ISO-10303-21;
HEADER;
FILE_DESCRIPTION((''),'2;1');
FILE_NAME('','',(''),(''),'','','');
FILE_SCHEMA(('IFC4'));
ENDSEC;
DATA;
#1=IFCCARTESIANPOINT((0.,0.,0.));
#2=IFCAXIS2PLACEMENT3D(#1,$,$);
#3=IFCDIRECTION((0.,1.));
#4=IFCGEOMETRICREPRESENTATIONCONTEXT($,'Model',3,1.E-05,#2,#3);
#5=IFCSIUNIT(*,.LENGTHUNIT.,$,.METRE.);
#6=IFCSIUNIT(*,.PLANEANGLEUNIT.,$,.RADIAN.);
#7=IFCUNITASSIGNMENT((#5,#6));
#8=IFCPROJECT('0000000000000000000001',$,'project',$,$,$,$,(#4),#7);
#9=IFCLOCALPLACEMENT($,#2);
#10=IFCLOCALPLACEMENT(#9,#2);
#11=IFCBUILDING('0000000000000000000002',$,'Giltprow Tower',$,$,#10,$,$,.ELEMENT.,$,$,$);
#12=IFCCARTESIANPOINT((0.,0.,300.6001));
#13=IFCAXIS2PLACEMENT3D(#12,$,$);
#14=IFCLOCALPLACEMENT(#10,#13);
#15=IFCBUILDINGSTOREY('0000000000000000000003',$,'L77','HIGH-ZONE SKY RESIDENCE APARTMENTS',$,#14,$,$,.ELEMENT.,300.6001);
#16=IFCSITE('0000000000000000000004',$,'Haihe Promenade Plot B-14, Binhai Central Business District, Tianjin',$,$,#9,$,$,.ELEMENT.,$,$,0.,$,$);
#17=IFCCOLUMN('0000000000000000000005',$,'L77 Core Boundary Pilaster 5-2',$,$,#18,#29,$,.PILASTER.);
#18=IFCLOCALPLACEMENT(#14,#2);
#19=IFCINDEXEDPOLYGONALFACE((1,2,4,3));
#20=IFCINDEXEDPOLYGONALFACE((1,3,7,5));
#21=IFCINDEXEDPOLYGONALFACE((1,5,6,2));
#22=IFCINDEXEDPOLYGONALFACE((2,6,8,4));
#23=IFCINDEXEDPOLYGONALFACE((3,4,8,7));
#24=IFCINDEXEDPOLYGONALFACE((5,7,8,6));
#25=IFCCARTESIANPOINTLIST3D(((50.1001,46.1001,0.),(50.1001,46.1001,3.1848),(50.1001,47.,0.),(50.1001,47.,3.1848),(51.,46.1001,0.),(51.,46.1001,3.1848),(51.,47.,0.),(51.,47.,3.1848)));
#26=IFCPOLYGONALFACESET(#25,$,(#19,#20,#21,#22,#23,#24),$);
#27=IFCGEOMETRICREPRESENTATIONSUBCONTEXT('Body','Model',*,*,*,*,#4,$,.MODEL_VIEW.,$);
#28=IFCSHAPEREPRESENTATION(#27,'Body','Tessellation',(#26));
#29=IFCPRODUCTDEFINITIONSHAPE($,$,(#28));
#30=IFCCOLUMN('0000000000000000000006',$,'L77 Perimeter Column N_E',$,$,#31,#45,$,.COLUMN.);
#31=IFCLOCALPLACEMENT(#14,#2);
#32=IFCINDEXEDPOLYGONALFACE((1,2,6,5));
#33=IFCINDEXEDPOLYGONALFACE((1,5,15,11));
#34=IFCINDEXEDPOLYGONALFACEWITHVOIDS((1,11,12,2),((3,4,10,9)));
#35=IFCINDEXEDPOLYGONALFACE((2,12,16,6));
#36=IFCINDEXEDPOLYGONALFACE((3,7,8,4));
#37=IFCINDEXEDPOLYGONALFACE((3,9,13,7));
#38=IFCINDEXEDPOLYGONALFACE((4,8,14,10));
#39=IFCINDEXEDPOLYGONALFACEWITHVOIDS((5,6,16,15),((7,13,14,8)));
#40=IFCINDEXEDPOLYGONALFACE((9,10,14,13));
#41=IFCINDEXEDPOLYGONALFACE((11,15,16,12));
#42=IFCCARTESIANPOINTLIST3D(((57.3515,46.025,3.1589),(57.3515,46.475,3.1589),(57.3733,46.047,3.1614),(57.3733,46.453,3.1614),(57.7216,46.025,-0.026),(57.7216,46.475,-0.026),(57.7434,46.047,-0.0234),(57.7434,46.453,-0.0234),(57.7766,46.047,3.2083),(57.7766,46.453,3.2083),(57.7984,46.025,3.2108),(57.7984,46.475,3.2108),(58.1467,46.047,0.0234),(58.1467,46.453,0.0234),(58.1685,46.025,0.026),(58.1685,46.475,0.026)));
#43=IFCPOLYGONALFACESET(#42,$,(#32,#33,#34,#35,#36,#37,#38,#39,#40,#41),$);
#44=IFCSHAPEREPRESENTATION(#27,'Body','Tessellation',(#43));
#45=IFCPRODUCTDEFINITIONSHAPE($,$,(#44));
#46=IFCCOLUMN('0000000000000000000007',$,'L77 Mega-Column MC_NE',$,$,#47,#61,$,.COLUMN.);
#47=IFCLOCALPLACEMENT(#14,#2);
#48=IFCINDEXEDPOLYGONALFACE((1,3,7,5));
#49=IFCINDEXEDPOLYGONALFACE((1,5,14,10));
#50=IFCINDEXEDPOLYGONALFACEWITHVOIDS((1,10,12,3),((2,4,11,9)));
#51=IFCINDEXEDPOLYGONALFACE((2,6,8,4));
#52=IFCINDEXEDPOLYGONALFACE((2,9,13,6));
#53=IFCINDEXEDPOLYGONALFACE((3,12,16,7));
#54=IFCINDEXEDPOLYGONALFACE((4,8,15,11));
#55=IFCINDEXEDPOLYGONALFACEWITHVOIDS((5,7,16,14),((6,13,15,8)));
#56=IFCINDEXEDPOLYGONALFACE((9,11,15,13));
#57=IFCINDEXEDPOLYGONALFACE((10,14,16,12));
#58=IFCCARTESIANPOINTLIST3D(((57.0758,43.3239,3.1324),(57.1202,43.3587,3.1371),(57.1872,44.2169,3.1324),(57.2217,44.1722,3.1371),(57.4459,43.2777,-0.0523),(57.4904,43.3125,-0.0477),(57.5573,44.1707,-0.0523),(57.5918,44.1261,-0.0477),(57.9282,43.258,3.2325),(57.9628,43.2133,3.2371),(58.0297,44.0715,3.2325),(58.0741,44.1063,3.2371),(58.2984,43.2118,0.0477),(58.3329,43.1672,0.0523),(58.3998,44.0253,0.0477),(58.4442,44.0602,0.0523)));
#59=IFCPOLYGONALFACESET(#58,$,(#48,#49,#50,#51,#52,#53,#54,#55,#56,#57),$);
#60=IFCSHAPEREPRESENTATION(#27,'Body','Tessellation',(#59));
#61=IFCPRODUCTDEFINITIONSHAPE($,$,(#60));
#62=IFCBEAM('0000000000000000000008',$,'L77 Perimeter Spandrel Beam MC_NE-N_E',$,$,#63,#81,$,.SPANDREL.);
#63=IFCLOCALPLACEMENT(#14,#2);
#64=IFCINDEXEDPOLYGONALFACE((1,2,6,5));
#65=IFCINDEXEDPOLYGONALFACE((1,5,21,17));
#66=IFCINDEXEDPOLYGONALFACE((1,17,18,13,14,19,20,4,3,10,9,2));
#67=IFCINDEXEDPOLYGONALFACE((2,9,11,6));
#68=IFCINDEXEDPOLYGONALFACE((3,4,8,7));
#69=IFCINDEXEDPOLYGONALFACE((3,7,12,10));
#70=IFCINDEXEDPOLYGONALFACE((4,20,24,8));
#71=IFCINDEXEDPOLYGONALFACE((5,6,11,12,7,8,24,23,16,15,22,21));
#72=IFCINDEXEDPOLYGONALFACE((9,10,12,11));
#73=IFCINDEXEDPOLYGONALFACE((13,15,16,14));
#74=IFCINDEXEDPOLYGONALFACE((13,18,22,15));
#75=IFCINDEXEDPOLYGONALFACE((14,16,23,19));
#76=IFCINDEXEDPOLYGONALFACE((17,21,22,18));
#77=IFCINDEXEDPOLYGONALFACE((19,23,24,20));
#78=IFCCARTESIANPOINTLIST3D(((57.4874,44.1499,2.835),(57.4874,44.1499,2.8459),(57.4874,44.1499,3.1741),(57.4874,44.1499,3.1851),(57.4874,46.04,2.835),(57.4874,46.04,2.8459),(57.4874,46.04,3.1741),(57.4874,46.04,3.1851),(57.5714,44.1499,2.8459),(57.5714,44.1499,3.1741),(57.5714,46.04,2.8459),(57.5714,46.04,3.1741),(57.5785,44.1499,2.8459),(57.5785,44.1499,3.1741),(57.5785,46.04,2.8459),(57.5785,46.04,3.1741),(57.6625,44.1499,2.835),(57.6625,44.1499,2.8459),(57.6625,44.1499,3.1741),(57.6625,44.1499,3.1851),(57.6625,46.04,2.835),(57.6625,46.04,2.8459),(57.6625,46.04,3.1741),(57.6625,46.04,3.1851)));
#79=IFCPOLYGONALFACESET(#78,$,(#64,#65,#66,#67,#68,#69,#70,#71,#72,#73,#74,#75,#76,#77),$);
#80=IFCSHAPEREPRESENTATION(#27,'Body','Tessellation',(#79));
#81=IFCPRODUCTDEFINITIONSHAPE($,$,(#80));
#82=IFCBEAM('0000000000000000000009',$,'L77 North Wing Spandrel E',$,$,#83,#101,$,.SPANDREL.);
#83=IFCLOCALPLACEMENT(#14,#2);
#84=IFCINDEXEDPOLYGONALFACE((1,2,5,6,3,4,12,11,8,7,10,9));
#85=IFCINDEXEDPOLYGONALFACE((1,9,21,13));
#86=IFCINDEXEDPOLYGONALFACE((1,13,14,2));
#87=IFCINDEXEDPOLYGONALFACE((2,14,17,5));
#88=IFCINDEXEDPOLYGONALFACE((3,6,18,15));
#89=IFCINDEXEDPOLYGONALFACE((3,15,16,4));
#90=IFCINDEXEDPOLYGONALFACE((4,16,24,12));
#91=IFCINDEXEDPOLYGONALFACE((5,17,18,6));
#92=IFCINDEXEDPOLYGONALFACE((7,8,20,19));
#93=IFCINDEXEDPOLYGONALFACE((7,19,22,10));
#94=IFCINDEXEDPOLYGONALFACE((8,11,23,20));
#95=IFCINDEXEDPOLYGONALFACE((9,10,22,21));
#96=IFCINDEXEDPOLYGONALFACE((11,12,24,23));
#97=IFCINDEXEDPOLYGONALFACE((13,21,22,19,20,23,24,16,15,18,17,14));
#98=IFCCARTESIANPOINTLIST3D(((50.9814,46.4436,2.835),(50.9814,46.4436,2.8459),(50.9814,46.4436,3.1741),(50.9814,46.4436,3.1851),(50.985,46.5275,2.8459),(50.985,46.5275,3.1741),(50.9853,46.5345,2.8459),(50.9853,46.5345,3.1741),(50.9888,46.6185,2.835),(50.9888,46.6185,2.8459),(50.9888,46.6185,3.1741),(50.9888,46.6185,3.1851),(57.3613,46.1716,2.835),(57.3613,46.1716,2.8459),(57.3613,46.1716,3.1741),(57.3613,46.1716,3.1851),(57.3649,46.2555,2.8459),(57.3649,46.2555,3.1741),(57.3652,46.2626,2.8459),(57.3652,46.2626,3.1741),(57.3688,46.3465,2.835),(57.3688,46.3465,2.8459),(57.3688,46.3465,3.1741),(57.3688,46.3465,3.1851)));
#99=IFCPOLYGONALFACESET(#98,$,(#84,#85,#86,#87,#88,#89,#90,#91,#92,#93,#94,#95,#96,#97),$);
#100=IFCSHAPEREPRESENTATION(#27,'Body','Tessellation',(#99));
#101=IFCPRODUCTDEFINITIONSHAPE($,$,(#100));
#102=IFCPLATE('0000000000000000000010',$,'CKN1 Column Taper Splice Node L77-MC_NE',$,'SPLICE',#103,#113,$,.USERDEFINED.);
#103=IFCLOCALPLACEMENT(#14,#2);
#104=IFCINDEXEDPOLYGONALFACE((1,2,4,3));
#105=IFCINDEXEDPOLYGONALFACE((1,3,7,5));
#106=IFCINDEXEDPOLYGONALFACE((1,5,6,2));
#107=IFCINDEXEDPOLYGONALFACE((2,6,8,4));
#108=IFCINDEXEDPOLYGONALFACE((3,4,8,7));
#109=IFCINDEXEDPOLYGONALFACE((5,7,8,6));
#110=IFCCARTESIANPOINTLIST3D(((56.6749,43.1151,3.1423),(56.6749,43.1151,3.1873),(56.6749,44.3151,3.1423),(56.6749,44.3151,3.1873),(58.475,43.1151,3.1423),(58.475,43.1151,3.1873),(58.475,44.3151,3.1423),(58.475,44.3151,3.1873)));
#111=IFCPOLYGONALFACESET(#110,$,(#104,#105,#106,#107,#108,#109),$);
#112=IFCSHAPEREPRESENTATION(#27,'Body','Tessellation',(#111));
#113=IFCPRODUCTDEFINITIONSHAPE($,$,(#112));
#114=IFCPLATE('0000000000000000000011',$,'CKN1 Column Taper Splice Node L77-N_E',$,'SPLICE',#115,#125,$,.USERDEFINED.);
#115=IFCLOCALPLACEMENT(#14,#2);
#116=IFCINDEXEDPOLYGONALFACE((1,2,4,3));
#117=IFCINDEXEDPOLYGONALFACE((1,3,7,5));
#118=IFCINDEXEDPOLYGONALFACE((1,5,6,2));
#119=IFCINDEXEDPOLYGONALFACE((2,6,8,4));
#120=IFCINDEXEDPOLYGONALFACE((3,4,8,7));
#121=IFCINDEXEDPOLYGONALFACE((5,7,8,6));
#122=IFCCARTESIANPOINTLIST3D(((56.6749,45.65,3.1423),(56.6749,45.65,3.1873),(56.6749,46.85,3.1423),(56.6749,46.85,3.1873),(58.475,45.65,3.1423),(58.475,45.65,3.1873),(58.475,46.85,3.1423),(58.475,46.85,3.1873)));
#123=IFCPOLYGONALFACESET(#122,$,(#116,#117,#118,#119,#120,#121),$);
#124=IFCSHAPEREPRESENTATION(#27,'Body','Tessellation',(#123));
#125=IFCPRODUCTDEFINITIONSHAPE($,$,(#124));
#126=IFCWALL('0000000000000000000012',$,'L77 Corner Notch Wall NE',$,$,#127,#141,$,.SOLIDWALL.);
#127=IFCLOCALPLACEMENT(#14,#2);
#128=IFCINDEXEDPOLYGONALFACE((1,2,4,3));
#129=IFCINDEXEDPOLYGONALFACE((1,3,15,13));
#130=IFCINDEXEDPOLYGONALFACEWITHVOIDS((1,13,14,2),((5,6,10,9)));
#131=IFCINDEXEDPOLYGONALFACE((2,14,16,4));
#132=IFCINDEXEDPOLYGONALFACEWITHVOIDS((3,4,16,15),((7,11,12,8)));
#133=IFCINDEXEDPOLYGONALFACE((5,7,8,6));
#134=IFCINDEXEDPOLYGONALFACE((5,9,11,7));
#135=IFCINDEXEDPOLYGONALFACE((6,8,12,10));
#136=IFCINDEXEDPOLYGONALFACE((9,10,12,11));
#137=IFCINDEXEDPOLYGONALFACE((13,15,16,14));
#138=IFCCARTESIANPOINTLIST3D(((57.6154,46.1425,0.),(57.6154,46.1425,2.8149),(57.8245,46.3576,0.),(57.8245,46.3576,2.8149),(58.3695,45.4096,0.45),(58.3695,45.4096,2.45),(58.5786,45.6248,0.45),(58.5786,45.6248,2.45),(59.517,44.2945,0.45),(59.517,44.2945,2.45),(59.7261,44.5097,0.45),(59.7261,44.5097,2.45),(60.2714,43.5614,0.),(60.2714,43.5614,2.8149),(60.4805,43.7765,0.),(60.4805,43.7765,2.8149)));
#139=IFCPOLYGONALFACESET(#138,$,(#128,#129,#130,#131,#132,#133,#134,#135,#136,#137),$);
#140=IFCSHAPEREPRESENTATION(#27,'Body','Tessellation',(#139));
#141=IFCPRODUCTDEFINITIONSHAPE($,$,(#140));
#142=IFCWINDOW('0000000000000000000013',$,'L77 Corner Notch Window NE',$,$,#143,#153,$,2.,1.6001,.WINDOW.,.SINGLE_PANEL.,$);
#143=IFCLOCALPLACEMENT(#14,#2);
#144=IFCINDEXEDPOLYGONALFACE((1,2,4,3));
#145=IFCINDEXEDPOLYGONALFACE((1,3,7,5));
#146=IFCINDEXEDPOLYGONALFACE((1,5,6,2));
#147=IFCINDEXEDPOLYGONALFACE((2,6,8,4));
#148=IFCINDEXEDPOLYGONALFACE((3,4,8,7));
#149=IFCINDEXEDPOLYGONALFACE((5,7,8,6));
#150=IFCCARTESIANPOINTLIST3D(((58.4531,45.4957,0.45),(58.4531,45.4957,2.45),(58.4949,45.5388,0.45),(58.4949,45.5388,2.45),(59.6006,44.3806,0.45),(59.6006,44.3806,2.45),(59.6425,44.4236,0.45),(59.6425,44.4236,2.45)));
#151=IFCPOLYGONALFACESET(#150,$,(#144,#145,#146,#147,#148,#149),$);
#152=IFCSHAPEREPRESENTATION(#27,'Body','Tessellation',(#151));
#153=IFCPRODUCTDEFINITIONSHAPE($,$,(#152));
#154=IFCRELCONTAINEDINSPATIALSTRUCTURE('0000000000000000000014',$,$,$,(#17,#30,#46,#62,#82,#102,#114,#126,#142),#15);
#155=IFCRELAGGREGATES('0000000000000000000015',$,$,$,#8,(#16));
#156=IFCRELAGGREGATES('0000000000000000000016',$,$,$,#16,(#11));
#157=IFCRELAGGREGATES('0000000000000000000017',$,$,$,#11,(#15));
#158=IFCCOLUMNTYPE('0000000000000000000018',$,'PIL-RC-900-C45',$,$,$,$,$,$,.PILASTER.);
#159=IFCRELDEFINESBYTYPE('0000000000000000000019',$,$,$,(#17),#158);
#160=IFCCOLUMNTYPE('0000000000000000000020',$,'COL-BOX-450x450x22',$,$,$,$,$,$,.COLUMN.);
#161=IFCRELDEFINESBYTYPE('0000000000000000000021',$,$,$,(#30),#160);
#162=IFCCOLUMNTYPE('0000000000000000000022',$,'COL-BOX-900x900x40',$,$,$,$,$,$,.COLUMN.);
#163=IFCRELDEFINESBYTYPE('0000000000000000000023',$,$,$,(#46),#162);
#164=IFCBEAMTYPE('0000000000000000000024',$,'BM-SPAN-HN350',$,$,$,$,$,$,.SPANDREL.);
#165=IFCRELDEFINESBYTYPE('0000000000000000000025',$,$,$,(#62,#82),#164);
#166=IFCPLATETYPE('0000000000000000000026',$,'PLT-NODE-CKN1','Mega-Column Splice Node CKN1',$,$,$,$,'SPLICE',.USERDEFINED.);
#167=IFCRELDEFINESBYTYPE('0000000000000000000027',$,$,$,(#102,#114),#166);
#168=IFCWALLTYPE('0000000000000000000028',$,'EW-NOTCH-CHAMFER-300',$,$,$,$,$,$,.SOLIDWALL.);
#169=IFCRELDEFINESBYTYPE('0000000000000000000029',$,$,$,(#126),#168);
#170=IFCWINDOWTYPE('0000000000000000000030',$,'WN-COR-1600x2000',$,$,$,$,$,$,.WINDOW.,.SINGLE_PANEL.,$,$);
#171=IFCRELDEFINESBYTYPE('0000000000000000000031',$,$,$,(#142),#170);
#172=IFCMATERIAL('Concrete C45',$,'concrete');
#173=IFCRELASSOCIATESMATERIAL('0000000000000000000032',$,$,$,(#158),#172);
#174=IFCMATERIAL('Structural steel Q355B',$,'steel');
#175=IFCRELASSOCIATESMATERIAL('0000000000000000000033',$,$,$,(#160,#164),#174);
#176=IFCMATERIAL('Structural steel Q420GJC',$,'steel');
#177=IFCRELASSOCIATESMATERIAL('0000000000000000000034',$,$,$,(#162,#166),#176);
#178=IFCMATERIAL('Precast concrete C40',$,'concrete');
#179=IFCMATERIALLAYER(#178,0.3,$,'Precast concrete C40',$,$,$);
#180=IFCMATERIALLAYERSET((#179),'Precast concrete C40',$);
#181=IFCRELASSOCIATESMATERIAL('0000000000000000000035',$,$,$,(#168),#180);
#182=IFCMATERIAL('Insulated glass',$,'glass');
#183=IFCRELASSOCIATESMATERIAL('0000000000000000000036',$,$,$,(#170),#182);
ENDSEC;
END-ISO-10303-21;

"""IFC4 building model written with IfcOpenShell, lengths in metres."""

from ifc_helpers import new_model, si_unit, direction, frame, frame_2d, origin, origin_2d, place, context, subcontext, project, spatial, rectangle, hollow_rectangle, i_section, extrude, source, transform, mapped, material, layer, layer_set, material_profile, profile_set, type_object, element, fill, save


model = new_model("IFC4")

# Units and contexts
model_context = context("Model", 3, precision=1e-05, world=origin(), true_north=direction((0.0, 1.0)))
body_context = subcontext(model_context, "Body", "Model", "MODEL_VIEW")
ifc_project = project(units=[si_unit("LENGTHUNIT", "METRE"), si_unit("PLANEANGLEUNIT", "RADIAN")], contexts=[model_context])

# Site, building, storey
site_placement = place(None, origin())
site = spatial("IfcSite", under=ifc_project, at=site_placement, Name="Haihe Promenade Plot B-14, Binhai Central Business District, Tianjin", CompositionType="ELEMENT", RefElevation=0.0)
building_placement = place(site_placement, origin())
building = spatial("IfcBuilding", under=site, at=building_placement, Name="Giltprow Tower", CompositionType="ELEMENT")
storey_placement = place(building_placement, frame((0.0, 0.0, 300.6001)))
storey = spatial("IfcBuildingStorey", under=building, at=storey_placement, Name="L77", Description="HIGH-ZONE SKY RESIDENCE APARTMENTS", CompositionType="ELEMENT", Elevation=300.6001)

# Columns
ifc_material_1 = material(Name="Concrete C45", Category="concrete")
ifc_material_profile_1 = material_profile(ifc_material_1, rectangle(XDim=0.8999, YDim=0.8999, at=origin_2d()), Name="RC 900x900")
ifc_profile_set_1 = profile_set([ifc_material_profile_1], Name="Concrete C45")
column_type_1 = type_object("IfcColumnType", Name="PIL-RC-900-C45", PredefinedType="PILASTER", material=ifc_profile_set_1)
shared_shape_1 = source(origin(), body_context, "Body", "SweptSolid", [
    extrude(rectangle(XDim=0.8999, YDim=0.8999, at=origin_2d()), origin(), (0.0, 0.0, 1.0), 3.1848),
])
column_1_placement = place(storey_placement, frame((50.55, 46.55, 0.0), z_axis=(0.0, 0.0, 1.0), x_axis=(1.0, 0.0, 0.0)))
element("IfcColumn", 1, at=column_1_placement, inside=storey, type_object=column_type_1, Name="L77 Core Boundary Pilaster 5-2", PredefinedType="PILASTER", context=body_context, shape_type="MappedRepresentation", body=[
    mapped(shared_shape_1, transform((0.0, 0.0, 0.0), x_axis=(1.0, 0.0, 0.0), y_axis=(0.0, 1.0, 0.0), z_axis=(0.0, 0.0, 1.0), scale=1.0)),
])
ifc_material_2 = material(Name="Structural steel Q355B", Category="steel")
ifc_material_profile_2 = material_profile(ifc_material_2, hollow_rectangle(XDim=0.45, YDim=0.45, WallThickness=0.022, at=origin_2d()), Name="BOX 450x450x22")
ifc_profile_set_2 = profile_set([ifc_material_profile_2], Name="Structural steel Q355B")
column_type_2 = type_object("IfcColumnType", Name="COL-BOX-450x450x22", PredefinedType="COLUMN", material=ifc_profile_set_2)
shared_shape_2 = source(origin(), body_context, "Body", "SweptSolid", [
    extrude(hollow_rectangle(XDim=0.45, YDim=0.45, WallThickness=0.022, at=origin_2d()), origin(), (0.0, 0.0, 1.0), 3.2063),
])
column_2_placement = place(storey_placement, frame((57.9451, 46.25, 0.0), z_axis=(-0.115436, 0.0, 0.993315), x_axis=(0.0, -1.0, 0.0)))
element("IfcColumn", 2, at=column_2_placement, inside=storey, type_object=column_type_2, Name="L77 Perimeter Column N_E", PredefinedType="COLUMN", context=body_context, shape_type="MappedRepresentation", body=[
    mapped(shared_shape_2, transform((0.0, 0.0, 0.0), x_axis=(1.0, 0.0, 0.0), y_axis=(0.0, 1.0, 0.0), z_axis=(0.0, 0.0, 1.0), scale=1.0)),
])
ifc_material_3 = material(Name="Structural steel Q420GJC", Category="steel")
ifc_material_profile_3 = material_profile(ifc_material_3, hollow_rectangle(XDim=0.8999, YDim=0.8999, WallThickness=0.04, at=origin_2d()), Name="BOX 900x900x40")
ifc_profile_set_3 = profile_set([ifc_material_profile_3], Name="Structural steel Q420GJC")
column_type_3 = type_object("IfcColumnType", Name="COL-BOX-900x900x40", PredefinedType="COLUMN", material=ifc_profile_set_3)
shared_shape_3 = source(origin(), body_context, "Body", "SweptSolid", [
    extrude(hollow_rectangle(XDim=0.8999, YDim=0.8999, WallThickness=0.04, at=origin_2d()), origin(), (0.0, 0.0, 1.0), 3.2065),
])
column_3_placement = place(storey_placement, frame((57.9451, 43.6689, 0.0), z_axis=(-0.115424, 0.01439, 0.993212), x_axis=(-0.123712, -0.992318, 0.0)))
element("IfcColumn", 3, at=column_3_placement, inside=storey, type_object=column_type_3, Name="L77 Mega-Column MC_NE", PredefinedType="COLUMN", context=body_context, shape_type="MappedRepresentation", body=[
    mapped(shared_shape_3, transform((0.0, 0.0, 0.0), x_axis=(1.0, 0.0, 0.0), y_axis=(0.0, 1.0, 0.0), z_axis=(0.0, 0.0, 1.0), scale=1.0)),
])

# Beams
ifc_material_profile_4 = material_profile(ifc_material_2, i_section(OverallWidth=0.175, OverallDepth=0.3501, WebThickness=0.0071, FlangeThickness=0.011, at=origin_2d()), Name="HN 350x175x7x11")
ifc_profile_set_4 = profile_set([ifc_material_profile_4], Name="Structural steel Q355B")
beam_type = type_object("IfcBeamType", Name="BM-SPAN-HN350", PredefinedType="SPANDREL", material=ifc_profile_set_4)
shared_shape_4 = source(origin(), body_context, "Body", "SweptSolid", [
    extrude(i_section(OverallWidth=0.175, OverallDepth=0.3501, WebThickness=0.0071, FlangeThickness=0.011, at=origin_2d()), origin(), (0.0, 0.0, 1.0), 1.8901),
])
beam_1_placement = place(storey_placement, frame((57.575, 44.1499, 3.01), z_axis=(0.0, 1.0, 0.0), x_axis=(-1.0, 0.0, 0.0)))
element("IfcBeam", 4, at=beam_1_placement, inside=storey, type_object=beam_type, Name="L77 Perimeter Spandrel Beam MC_NE-N_E", PredefinedType="SPANDREL", context=body_context, shape_type="MappedRepresentation", body=[
    mapped(shared_shape_4, transform((0.0, 0.0, 0.0), x_axis=(1.0, 0.0, 0.0), y_axis=(0.0, 1.0, 0.0), z_axis=(0.0, 0.0, 1.0), scale=1.0)),
])
shared_shape_5 = source(origin(), body_context, "Body", "SweptSolid", [
    extrude(i_section(OverallWidth=0.175, OverallDepth=0.3501, WebThickness=0.0071, FlangeThickness=0.011, at=origin_2d()), origin(), (0.0, 0.0, 1.0), 6.3857),
])
beam_2_placement = place(storey_placement, frame((50.9851, 46.531, 3.01), z_axis=(0.999093, -0.042591, 0.0), x_axis=(0.042591, 0.999093, 0.0)))
element("IfcBeam", 5, at=beam_2_placement, inside=storey, type_object=beam_type, Name="L77 North Wing Spandrel E", PredefinedType="SPANDREL", context=body_context, shape_type="MappedRepresentation", body=[
    mapped(shared_shape_5, transform((0.0, 0.0, 0.0), x_axis=(1.0, 0.0, 0.0), y_axis=(0.0, 1.0, 0.0), z_axis=(0.0, 0.0, 1.0), scale=1.0)),
])

# Plates
plate_type = type_object("IfcPlateType", Name="PLT-NODE-CKN1", Description="Mega-Column Splice Node CKN1", ElementType="SPLICE", PredefinedType="USERDEFINED", material=ifc_material_3)
shared_shape_6 = source(origin(), body_context, "Body", "SweptSolid", [
    extrude(rectangle(XDim=1.8, YDim=1.2, at=origin_2d()), origin(), (0.0, 0.0, 1.0), 0.0449),
])
for number, where, z_axis, x_axis, name in (
    (6, (57.575, 43.7151, 3.1423), (0.0, 0.0, 1.0), (1.0, 0.0, 0.0), "CKN1 Column Taper Splice Node L77-MC_NE"),
    (7, (57.575, 46.25, 3.1423), (0.0, 0.0, 1.0), (1.0, 0.0, 0.0), "CKN1 Column Taper Splice Node L77-N_E"),
):
    element("IfcPlate", number, at=place(storey_placement, frame(where, z_axis=z_axis, x_axis=x_axis)), inside=storey, type_object=plate_type, Name=name, ObjectType="SPLICE", PredefinedType="USERDEFINED", context=body_context, shape_type="MappedRepresentation", body=[
        mapped(shared_shape_6, transform((0.0, 0.0, 0.0), x_axis=(1.0, 0.0, 0.0), y_axis=(0.0, 1.0, 0.0), z_axis=(0.0, 0.0, 1.0), scale=1.0)),
    ])

# Wall, opening, window
ifc_material_4 = material(Name="Precast concrete C40", Category="concrete")
ifc_layer_1 = layer(ifc_material_4, 0.3, Name="Precast concrete C40")
ifc_layer_set_1 = layer_set([ifc_layer_1], Name="Precast concrete C40")
wall_type_1 = type_object("IfcWallType", Name="EW-NOTCH-CHAMFER-300", PredefinedType="SOLIDWALL", material=ifc_layer_set_1)
wall_1_placement = place(storey_placement, frame((60.376, 43.6689, 0.0), z_axis=(0.0, 0.0, 1.0), x_axis=(-0.717153, 0.696916, 0.0)))
wall_1 = element("IfcWall", 8, at=wall_1_placement, inside=storey, type_object=wall_type_1, Name="L77 Corner Notch Wall NE", PredefinedType="SOLIDWALL", context=body_context, shape_type="SweptSolid", body=[
    extrude(rectangle(XDim=3.7036, YDim=0.3, at=frame_2d((1.8518, 0.0))), origin(), (0.0, 0.0, 1.0), 2.8149),
])
opening_1_placement = place(wall_1_placement, frame((1.052, 0.0, 0.45)))
opening_1 = element("IfcOpeningElement", 9, at=opening_1_placement, cuts=wall_1, PredefinedType="OPENING", context=body_context, shape_type="SweptSolid", body=[
    extrude(rectangle(XDim=1.6001, YDim=2.0, at=frame_2d((0.8, 1.0))), frame((0.0, 0.1599, 0.0), z_axis=(0.0, -1.0, 0.0), x_axis=(1.0, 0.0, 0.0)), (0.0, 0.0, 1.0), 0.3201),
])
ifc_material_5 = material(Name="Insulated glass", Category="glass")
window_type = type_object("IfcWindowType", Name="WN-COR-1600x2000", PartitioningType="SINGLE_PANEL", PredefinedType="WINDOW", material=ifc_material_5)
shared_shape_7 = source(origin(), body_context, "Body", "SweptSolid", [
    extrude(rectangle(XDim=1.6001, YDim=2.0, at=frame_2d((0.8, 1.0))), frame((0.0, 0.03, 0.0), z_axis=(0.0, -1.0, 0.0), x_axis=(1.0, 0.0, 0.0)), (0.0, 0.0, 1.0), 0.0601),
])
window_1_placement = place(opening_1_placement, origin())
window_1 = element("IfcWindow", 10, at=window_1_placement, inside=storey, type_object=window_type, Name="L77 Corner Notch Window NE", OverallHeight=2.0, OverallWidth=1.6001, PartitioningType="SINGLE_PANEL", PredefinedType="WINDOW", context=body_context, shape_type="MappedRepresentation", body=[
    mapped(shared_shape_7, transform((0.0, 0.0, 0.0), x_axis=(1.0, 0.0, 0.0), y_axis=(0.0, 1.0, 0.0), z_axis=(0.0, 0.0, 1.0), scale=1.0)),
])
fill(opening_1, window_1)

save(model, "model.ifc")
